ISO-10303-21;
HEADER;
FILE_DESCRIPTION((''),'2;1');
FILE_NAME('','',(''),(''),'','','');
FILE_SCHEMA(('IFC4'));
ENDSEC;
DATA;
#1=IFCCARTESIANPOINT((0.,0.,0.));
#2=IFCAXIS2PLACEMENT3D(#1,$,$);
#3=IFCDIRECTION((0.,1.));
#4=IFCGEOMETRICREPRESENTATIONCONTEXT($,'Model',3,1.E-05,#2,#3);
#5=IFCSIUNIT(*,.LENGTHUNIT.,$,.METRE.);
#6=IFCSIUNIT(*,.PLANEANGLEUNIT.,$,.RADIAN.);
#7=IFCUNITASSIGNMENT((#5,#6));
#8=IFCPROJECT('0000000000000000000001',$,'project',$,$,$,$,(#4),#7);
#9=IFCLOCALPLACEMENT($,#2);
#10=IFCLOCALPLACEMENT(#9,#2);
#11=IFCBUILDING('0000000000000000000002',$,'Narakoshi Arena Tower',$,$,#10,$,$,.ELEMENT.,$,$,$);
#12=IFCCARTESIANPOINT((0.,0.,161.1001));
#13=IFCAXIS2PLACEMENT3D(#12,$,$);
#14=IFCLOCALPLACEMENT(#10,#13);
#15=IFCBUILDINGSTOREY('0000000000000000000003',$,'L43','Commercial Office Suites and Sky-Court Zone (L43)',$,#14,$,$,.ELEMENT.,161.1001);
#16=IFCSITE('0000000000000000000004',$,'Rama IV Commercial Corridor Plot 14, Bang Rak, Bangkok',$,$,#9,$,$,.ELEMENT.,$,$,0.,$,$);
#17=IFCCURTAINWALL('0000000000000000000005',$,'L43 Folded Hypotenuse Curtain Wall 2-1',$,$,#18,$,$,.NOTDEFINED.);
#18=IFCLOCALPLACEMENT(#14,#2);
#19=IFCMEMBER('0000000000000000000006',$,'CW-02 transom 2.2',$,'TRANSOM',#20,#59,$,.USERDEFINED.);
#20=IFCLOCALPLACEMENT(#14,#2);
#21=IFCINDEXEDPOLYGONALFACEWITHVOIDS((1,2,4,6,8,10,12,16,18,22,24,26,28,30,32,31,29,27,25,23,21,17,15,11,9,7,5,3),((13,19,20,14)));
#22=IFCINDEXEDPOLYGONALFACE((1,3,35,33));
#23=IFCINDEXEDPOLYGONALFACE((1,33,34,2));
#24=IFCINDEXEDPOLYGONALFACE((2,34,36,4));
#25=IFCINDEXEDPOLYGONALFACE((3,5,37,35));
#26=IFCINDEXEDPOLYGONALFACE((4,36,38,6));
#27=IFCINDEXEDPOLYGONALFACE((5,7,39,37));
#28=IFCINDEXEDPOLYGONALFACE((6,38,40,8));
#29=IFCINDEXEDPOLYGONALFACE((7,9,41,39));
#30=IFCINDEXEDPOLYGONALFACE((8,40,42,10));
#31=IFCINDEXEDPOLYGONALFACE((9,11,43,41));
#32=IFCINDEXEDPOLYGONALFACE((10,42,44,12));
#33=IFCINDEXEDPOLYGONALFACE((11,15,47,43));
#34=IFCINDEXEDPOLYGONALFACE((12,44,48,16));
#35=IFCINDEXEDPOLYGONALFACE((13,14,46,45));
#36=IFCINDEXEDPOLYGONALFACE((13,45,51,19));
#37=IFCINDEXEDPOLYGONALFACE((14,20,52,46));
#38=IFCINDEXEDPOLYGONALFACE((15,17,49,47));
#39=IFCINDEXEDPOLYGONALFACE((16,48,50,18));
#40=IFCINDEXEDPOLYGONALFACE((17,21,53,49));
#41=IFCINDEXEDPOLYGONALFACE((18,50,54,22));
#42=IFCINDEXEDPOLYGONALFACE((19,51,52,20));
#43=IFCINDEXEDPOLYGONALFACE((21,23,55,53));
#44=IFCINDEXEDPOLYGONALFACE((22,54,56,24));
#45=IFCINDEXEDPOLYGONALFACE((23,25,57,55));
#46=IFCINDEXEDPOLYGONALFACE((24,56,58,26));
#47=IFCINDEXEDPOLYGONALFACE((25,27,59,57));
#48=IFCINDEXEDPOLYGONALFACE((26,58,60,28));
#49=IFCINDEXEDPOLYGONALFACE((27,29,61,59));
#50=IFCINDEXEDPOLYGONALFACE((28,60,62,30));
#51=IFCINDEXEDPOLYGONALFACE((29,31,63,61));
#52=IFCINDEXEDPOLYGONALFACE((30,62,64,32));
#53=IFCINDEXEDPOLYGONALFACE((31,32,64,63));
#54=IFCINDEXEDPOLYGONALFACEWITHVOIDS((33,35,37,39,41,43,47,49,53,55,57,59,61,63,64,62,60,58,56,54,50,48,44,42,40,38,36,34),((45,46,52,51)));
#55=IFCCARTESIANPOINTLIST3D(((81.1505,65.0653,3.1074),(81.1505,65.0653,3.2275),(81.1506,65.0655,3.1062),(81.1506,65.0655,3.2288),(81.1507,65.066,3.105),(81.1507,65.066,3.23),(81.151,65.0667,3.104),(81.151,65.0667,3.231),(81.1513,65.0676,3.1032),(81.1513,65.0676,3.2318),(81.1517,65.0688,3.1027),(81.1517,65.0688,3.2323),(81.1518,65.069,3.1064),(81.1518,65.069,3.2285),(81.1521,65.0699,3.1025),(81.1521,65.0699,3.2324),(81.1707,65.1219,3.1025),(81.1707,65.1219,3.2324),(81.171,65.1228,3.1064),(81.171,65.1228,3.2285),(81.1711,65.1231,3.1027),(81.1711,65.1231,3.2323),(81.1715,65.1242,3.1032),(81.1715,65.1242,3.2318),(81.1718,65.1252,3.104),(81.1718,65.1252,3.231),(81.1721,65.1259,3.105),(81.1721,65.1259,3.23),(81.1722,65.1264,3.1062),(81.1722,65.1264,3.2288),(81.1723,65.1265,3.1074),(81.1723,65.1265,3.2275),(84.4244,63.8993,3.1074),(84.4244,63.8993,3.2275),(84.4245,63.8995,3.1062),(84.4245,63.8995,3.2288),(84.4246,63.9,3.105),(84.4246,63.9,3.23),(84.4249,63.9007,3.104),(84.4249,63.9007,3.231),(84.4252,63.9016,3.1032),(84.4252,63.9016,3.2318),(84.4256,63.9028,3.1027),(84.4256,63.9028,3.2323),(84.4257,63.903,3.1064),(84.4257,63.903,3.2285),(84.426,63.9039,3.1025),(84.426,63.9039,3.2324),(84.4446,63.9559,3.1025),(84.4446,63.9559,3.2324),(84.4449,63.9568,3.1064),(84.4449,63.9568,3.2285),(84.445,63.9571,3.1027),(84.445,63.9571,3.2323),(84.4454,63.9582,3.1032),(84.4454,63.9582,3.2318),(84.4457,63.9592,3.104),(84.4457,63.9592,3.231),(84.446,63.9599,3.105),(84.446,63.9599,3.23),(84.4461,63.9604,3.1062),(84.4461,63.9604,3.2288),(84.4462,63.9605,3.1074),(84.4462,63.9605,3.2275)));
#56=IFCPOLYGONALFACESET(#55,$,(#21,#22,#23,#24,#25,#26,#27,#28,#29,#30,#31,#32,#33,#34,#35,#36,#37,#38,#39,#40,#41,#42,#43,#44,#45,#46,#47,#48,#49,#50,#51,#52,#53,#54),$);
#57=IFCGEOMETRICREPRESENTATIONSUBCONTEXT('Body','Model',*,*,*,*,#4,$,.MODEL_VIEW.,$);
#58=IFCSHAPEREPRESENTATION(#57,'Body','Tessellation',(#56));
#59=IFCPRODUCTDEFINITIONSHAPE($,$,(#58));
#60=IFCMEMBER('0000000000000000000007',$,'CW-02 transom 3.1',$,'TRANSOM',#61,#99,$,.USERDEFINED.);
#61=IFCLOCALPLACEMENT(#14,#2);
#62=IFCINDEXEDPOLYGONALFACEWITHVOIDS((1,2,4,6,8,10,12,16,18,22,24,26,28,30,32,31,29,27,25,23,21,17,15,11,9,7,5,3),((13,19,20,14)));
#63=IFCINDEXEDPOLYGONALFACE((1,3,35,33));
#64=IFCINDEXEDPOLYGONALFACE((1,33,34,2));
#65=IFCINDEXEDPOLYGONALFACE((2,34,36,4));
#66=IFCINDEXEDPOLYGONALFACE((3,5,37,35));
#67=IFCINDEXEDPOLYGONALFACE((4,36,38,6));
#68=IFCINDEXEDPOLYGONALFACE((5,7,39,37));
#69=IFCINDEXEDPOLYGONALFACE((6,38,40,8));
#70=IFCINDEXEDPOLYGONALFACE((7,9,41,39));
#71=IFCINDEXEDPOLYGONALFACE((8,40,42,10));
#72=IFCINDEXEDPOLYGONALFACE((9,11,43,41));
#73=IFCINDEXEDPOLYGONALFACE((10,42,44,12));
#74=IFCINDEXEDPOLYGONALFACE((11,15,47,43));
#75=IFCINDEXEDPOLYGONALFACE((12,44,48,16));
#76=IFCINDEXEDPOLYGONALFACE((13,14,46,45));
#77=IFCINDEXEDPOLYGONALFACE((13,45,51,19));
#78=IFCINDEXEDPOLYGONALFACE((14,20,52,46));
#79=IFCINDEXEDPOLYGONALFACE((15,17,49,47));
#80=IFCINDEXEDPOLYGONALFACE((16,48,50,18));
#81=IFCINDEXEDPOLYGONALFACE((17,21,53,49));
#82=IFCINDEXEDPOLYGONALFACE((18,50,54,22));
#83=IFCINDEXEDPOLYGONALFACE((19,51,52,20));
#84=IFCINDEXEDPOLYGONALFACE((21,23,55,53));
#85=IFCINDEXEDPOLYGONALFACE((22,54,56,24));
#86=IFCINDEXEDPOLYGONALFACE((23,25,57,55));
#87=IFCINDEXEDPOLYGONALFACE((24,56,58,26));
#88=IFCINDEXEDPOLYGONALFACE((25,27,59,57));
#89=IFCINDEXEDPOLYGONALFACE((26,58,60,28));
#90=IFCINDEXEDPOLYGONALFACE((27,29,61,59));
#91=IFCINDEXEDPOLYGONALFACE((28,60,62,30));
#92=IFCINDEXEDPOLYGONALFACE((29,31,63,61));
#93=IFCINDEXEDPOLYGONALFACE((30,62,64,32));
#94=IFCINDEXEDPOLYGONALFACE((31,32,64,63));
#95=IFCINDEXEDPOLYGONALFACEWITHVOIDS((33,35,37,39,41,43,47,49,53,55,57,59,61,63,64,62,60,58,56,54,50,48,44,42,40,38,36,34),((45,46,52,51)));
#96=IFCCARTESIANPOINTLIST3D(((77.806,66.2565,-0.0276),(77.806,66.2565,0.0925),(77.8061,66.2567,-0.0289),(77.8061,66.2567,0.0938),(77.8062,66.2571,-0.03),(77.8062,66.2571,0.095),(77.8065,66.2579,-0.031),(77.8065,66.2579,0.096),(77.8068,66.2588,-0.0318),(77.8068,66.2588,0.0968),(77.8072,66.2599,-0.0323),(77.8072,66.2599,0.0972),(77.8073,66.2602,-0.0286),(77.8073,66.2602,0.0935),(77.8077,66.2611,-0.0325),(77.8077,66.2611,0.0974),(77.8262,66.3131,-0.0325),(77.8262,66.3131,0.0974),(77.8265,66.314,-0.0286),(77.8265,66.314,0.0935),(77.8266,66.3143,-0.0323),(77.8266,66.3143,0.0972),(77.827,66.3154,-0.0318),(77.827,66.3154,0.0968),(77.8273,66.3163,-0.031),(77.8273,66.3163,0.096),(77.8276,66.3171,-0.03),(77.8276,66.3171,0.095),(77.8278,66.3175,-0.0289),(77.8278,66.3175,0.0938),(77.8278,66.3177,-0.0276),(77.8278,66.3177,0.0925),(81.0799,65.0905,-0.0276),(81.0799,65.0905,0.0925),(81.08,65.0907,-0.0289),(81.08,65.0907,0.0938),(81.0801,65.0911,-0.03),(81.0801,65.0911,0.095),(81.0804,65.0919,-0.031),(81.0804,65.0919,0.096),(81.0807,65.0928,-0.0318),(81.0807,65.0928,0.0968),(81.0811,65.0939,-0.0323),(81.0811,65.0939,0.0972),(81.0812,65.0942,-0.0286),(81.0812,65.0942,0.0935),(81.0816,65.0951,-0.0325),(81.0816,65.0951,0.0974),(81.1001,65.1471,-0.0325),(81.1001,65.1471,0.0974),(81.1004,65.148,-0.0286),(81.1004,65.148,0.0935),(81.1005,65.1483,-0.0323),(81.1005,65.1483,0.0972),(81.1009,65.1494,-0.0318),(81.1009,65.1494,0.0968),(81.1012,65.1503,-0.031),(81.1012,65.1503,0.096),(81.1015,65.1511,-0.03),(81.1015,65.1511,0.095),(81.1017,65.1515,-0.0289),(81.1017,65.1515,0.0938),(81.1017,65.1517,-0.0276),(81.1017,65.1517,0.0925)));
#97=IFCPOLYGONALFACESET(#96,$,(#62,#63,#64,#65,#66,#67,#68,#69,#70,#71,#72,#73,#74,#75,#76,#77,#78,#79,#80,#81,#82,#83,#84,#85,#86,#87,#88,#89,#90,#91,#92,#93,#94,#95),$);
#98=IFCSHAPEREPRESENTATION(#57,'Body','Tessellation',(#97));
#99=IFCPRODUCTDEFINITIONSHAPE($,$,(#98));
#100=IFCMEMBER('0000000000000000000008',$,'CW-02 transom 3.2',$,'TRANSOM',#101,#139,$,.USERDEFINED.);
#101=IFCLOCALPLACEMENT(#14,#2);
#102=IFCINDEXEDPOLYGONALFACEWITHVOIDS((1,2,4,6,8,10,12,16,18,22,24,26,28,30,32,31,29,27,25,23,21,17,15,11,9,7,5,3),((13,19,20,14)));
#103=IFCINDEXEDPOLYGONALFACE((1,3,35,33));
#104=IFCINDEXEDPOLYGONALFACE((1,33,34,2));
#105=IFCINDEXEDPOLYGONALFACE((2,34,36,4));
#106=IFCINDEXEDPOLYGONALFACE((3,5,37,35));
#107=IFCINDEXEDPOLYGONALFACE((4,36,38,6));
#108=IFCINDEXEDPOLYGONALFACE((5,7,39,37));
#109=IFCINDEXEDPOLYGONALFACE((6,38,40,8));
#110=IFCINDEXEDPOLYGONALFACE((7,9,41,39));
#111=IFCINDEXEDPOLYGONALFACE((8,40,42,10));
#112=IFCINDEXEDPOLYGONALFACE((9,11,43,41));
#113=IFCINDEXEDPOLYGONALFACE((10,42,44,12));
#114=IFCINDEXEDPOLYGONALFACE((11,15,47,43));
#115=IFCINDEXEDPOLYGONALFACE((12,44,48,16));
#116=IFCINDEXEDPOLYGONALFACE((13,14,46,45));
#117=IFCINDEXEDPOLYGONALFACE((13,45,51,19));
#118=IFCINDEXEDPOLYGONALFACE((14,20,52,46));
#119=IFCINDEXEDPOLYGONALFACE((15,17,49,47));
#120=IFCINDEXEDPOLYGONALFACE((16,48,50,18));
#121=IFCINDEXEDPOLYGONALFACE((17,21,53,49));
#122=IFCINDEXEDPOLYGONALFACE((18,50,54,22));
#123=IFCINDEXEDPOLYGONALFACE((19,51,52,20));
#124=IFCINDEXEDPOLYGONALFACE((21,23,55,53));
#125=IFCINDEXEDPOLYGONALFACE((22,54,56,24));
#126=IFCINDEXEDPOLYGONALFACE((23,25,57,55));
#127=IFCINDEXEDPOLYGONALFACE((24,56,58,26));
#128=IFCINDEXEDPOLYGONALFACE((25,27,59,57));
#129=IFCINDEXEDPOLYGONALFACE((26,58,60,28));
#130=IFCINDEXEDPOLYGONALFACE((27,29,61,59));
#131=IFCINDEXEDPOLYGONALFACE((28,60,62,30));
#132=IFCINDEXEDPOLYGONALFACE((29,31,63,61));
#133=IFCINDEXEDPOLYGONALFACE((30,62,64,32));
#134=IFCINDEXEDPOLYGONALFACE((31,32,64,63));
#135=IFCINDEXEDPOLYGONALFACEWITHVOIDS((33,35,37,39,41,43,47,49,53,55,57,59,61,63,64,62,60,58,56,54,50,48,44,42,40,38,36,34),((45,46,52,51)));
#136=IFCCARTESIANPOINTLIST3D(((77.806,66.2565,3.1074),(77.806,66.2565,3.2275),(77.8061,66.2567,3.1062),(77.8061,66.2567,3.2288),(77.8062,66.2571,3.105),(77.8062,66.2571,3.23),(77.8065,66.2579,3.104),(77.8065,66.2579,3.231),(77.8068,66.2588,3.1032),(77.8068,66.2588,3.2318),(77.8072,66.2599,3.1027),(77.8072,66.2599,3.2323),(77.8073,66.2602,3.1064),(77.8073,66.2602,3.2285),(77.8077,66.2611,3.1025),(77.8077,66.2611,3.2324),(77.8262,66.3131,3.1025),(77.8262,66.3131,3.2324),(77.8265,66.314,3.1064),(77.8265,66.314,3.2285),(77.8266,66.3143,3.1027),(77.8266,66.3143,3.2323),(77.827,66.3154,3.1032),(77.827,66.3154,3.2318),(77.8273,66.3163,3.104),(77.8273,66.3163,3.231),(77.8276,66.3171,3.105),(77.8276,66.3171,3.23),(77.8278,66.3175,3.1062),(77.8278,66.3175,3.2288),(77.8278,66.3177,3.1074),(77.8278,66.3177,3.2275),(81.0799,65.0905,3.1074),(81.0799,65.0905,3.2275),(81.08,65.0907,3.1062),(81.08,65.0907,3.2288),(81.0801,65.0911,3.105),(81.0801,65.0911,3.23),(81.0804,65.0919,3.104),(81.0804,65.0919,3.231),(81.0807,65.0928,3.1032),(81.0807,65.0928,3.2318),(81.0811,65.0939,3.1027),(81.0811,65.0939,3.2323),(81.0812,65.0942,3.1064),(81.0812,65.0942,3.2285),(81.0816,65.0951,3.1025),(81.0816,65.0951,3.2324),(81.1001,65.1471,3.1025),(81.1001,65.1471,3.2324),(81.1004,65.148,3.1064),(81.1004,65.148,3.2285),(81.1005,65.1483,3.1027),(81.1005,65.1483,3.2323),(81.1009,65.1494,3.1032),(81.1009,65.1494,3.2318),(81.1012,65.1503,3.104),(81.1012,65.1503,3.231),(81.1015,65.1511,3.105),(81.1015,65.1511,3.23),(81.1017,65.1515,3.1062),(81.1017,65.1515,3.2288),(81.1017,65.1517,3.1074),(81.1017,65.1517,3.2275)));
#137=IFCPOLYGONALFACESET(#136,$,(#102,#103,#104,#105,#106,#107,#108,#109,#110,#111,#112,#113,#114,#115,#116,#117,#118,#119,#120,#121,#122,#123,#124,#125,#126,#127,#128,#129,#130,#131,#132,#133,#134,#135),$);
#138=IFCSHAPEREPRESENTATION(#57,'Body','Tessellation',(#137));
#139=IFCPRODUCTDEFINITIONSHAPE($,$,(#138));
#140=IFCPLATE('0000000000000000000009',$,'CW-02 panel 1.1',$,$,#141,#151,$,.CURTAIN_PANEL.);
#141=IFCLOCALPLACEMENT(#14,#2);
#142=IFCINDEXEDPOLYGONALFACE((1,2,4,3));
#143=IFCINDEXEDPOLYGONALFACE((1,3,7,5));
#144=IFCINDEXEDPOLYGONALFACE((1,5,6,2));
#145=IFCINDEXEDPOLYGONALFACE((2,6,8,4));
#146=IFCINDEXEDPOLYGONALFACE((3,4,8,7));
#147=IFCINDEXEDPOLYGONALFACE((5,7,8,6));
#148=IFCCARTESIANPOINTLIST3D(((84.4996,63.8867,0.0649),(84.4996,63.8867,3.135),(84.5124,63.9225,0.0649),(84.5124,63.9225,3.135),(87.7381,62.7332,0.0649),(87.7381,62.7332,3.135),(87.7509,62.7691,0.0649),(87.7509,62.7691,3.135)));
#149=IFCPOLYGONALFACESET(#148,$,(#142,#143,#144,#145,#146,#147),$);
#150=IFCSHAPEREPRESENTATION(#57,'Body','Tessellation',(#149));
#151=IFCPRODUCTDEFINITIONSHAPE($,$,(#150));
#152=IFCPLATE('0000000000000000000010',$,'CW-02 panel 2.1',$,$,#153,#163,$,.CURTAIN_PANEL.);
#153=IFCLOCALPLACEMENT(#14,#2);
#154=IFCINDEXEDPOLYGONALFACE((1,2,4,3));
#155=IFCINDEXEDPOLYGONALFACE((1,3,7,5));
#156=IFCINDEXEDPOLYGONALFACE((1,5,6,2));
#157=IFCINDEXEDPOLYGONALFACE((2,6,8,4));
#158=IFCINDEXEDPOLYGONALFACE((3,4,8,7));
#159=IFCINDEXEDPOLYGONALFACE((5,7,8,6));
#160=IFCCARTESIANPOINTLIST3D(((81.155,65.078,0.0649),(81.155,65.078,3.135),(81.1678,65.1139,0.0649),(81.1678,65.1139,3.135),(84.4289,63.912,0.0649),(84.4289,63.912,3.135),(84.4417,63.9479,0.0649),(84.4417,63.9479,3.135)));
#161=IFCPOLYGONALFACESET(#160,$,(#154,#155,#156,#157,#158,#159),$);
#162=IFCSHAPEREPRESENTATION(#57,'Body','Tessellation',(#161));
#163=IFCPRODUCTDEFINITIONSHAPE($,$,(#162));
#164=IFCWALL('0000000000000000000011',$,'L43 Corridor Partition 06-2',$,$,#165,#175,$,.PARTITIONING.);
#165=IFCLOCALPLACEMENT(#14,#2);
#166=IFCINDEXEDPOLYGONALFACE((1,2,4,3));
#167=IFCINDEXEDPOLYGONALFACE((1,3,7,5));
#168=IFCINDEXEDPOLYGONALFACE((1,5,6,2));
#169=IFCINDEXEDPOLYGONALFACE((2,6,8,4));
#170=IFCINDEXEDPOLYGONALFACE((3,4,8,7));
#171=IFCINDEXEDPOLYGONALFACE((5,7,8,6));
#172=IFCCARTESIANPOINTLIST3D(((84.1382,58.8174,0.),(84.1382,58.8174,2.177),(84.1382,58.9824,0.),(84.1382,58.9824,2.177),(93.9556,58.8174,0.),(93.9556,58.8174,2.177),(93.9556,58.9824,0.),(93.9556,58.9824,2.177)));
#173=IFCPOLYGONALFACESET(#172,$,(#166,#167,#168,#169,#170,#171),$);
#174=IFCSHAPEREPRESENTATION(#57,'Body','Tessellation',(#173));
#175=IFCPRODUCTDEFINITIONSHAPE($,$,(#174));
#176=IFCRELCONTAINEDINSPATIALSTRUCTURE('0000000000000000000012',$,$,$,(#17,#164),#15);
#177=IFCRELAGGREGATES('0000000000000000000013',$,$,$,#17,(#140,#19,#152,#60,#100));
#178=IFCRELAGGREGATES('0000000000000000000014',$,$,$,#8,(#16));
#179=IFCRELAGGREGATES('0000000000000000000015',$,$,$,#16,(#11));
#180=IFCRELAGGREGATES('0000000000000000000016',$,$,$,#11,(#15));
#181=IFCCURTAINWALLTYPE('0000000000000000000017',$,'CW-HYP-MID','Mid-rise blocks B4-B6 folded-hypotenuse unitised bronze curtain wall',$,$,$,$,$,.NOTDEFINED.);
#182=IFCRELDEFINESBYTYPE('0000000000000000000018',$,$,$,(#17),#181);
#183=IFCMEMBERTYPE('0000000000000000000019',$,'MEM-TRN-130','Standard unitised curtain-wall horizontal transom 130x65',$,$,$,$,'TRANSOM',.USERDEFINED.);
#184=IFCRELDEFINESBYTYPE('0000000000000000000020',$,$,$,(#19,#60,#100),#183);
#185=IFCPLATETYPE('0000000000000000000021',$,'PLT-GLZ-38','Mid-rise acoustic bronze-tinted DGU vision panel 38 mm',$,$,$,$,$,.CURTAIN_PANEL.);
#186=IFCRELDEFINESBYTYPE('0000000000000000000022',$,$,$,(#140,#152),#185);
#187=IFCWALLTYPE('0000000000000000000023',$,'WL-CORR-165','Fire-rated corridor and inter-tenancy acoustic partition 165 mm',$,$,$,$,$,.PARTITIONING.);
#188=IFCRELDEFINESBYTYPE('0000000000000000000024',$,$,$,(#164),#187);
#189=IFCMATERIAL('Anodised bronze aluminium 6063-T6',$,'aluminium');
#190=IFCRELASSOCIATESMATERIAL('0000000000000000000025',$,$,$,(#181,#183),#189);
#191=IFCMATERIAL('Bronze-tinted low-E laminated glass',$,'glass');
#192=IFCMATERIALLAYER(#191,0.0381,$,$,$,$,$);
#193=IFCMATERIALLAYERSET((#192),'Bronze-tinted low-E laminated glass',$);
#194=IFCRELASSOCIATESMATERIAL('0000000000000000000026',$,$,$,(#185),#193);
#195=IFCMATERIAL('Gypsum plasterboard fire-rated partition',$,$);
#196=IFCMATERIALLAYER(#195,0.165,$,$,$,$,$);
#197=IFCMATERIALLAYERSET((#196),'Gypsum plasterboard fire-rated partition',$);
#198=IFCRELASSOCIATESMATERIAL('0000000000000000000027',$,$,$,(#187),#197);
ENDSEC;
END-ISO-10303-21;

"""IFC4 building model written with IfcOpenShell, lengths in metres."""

from ifc_helpers import new_model, si_unit, direction, frame, frame_2d, origin, origin_2d, place, context, subcontext, project, spatial, rectangle, hollow_rectangle, extrude, material, layer, layer_set, material_profile, profile_set, type_object, element, aggregate, save


model = new_model("IFC4")

# Units and contexts
model_context = context("Model", 3, precision=1e-05, world=origin(), true_north=direction((0.0, 1.0)))
body_context = subcontext(model_context, "Body", "Model", "MODEL_VIEW")
ifc_project = project(units=[si_unit("LENGTHUNIT", "METRE"), si_unit("PLANEANGLEUNIT", "RADIAN")], contexts=[model_context])

# Site, building, storey
site_placement = place(None, origin())
site = spatial("IfcSite", under=ifc_project, at=site_placement, Name="Rama IV Commercial Corridor Plot 14, Bang Rak, Bangkok", CompositionType="ELEMENT", RefElevation=0.0)
building_placement = place(site_placement, origin())
building = spatial("IfcBuilding", under=site, at=building_placement, Name="Narakoshi Arena Tower", CompositionType="ELEMENT")
storey_placement = place(building_placement, frame((0.0, 0.0, 161.1001)))
storey = spatial("IfcBuildingStorey", under=building, at=storey_placement, Name="L43", Description="Commercial Office Suites and Sky-Court Zone (L43)", CompositionType="ELEMENT", Elevation=161.1001)

# Shared definitions
ifc_material_1 = material(Name="Anodised bronze aluminium 6063-T6", Category="aluminium")
curtain_wall_type = type_object("IfcCurtainWallType", Name="CW-HYP-MID", Description="Mid-rise blocks B4-B6 folded-hypotenuse unitised bronze curtain wall", PredefinedType="NOTDEFINED", material=ifc_material_1)

# Curtain wall, members, plates
curtain_wall_1_placement = place(storey_placement, origin())
curtain_wall_1 = element("IfcCurtainWall", 1, at=curtain_wall_1_placement, inside=storey, type_object=curtain_wall_type, Name="L43 Folded Hypotenuse Curtain Wall 2-1", PredefinedType="NOTDEFINED")
ifc_material_profile_1 = material_profile(ifc_material_1, hollow_rectangle(XDim=0.0649, YDim=0.1299, WallThickness=0.0039, OuterFilletRadius=0.0049, at=origin_2d()), Name="TRN130x65x4")
ifc_profile_set_1 = profile_set([ifc_material_profile_1], Name="Anodised bronze aluminium 6063-T6")
member_type_1 = type_object("IfcMemberType", Name="MEM-TRN-130", Description="Standard unitised curtain-wall horizontal transom 130x65", ElementType="TRANSOM", PredefinedType="USERDEFINED", material=ifc_profile_set_1)
member_1_placement = place(storey_placement, frame((84.4353, 63.9299, 3.1675), z_axis=(-0.942037, 0.335509, 0.0), x_axis=(-0.335509, -0.942037, 0.0)))
member_1 = element("IfcMember", 2, at=member_1_placement, type_object=member_type_1, Name="CW-02 transom 2.2", ObjectType="TRANSOM", PredefinedType="USERDEFINED", context=body_context, shape_type="SweptSolid", body=[
    extrude(hollow_rectangle(XDim=0.0649, YDim=0.1299, WallThickness=0.0039, OuterFilletRadius=0.0049, at=origin_2d()), origin(), (0.0, 0.0, 1.0), 3.4753),
])
member_2_placement = place(storey_placement, frame((81.0908, 65.1211, 0.0325), z_axis=(-0.942037, 0.335509, 0.0), x_axis=(-0.335509, -0.942037, 0.0)))
member_2 = element("IfcMember", 3, at=member_2_placement, type_object=member_type_1, Name="CW-02 transom 3.1", ObjectType="TRANSOM", PredefinedType="USERDEFINED", context=body_context, shape_type="SweptSolid", body=[
    extrude(hollow_rectangle(XDim=0.0649, YDim=0.1299, WallThickness=0.0039, OuterFilletRadius=0.0049, at=origin_2d()), origin(), (0.0, 0.0, 1.0), 3.4753),
])
member_3_placement = place(storey_placement, frame((81.0908, 65.1211, 3.1675), z_axis=(-0.942037, 0.335509, 0.0), x_axis=(-0.335509, -0.942037, 0.0)))
member_3 = element("IfcMember", 4, at=member_3_placement, type_object=member_type_1, Name="CW-02 transom 3.2", ObjectType="TRANSOM", PredefinedType="USERDEFINED", context=body_context, shape_type="SweptSolid", body=[
    extrude(hollow_rectangle(XDim=0.0649, YDim=0.1299, WallThickness=0.0039, OuterFilletRadius=0.0049, at=origin_2d()), origin(), (0.0, 0.0, 1.0), 3.4753),
])
ifc_material_2 = material(Name="Bronze-tinted low-E laminated glass", Category="glass")
ifc_layer_1 = layer(ifc_material_2, 0.0381)
ifc_layer_set_1 = layer_set([ifc_layer_1], Name="Bronze-tinted low-E laminated glass")
plate_type = type_object("IfcPlateType", Name="PLT-GLZ-38", Description="Mid-rise acoustic bronze-tinted DGU vision panel 38 mm", PredefinedType="CURTAIN_PANEL", material=ifc_layer_set_1)
plate_1_placement = place(storey_placement, frame((86.1252, 63.3279, 0.0649), z_axis=(0.0, 0.0, 1.0), x_axis=(-0.942034, 0.335518, 0.0)))
plate_1 = element("IfcPlate", 5, at=plate_1_placement, type_object=plate_type, Name="CW-02 panel 1.1", PredefinedType="CURTAIN_PANEL", context=body_context, shape_type="SweptSolid", body=[
    extrude(rectangle(XDim=3.4377, YDim=0.0381, at=origin_2d()), origin(), (0.0, 0.0, 1.0), 3.0701),
])
plate_2_placement = place(storey_placement, frame((82.7983, 64.5129, 0.0649), z_axis=(0.0, 0.0, 1.0), x_axis=(-0.942034, 0.335518, 0.0)))
plate_2 = element("IfcPlate", 6, at=plate_2_placement, type_object=plate_type, Name="CW-02 panel 2.1", PredefinedType="CURTAIN_PANEL", context=body_context, shape_type="SweptSolid", body=[
    extrude(rectangle(XDim=3.4753, YDim=0.0381, at=origin_2d()), origin(), (0.0, 0.0, 1.0), 3.0701),
])
aggregate(curtain_wall_1, [plate_1, member_1, plate_2, member_2, member_3])

# Wall
ifc_material_3 = material(Name="Gypsum plasterboard fire-rated partition")
ifc_layer_2 = layer(ifc_material_3, 0.165)
ifc_layer_set_2 = layer_set([ifc_layer_2], Name="Gypsum plasterboard fire-rated partition")
wall_type_1 = type_object("IfcWallType", Name="WL-CORR-165", Description="Fire-rated corridor and inter-tenancy acoustic partition 165 mm", PredefinedType="PARTITIONING", material=ifc_layer_set_2)
wall_1_placement = place(storey_placement, frame((93.9556, 58.8999, 0.0), z_axis=(0.0, 0.0, 1.0), x_axis=(-1.0, 0.0, 0.0)))
element("IfcWall", 7, at=wall_1_placement, inside=storey, type_object=wall_type_1, Name="L43 Corridor Partition 06-2", PredefinedType="PARTITIONING", context=body_context, shape_type="SweptSolid", body=[
    extrude(rectangle(XDim=9.8174, YDim=0.165, at=frame_2d((4.9087, 0.0))), origin(), (0.0, 0.0, 1.0), 2.177),
])

save(model, "model.ifc")
